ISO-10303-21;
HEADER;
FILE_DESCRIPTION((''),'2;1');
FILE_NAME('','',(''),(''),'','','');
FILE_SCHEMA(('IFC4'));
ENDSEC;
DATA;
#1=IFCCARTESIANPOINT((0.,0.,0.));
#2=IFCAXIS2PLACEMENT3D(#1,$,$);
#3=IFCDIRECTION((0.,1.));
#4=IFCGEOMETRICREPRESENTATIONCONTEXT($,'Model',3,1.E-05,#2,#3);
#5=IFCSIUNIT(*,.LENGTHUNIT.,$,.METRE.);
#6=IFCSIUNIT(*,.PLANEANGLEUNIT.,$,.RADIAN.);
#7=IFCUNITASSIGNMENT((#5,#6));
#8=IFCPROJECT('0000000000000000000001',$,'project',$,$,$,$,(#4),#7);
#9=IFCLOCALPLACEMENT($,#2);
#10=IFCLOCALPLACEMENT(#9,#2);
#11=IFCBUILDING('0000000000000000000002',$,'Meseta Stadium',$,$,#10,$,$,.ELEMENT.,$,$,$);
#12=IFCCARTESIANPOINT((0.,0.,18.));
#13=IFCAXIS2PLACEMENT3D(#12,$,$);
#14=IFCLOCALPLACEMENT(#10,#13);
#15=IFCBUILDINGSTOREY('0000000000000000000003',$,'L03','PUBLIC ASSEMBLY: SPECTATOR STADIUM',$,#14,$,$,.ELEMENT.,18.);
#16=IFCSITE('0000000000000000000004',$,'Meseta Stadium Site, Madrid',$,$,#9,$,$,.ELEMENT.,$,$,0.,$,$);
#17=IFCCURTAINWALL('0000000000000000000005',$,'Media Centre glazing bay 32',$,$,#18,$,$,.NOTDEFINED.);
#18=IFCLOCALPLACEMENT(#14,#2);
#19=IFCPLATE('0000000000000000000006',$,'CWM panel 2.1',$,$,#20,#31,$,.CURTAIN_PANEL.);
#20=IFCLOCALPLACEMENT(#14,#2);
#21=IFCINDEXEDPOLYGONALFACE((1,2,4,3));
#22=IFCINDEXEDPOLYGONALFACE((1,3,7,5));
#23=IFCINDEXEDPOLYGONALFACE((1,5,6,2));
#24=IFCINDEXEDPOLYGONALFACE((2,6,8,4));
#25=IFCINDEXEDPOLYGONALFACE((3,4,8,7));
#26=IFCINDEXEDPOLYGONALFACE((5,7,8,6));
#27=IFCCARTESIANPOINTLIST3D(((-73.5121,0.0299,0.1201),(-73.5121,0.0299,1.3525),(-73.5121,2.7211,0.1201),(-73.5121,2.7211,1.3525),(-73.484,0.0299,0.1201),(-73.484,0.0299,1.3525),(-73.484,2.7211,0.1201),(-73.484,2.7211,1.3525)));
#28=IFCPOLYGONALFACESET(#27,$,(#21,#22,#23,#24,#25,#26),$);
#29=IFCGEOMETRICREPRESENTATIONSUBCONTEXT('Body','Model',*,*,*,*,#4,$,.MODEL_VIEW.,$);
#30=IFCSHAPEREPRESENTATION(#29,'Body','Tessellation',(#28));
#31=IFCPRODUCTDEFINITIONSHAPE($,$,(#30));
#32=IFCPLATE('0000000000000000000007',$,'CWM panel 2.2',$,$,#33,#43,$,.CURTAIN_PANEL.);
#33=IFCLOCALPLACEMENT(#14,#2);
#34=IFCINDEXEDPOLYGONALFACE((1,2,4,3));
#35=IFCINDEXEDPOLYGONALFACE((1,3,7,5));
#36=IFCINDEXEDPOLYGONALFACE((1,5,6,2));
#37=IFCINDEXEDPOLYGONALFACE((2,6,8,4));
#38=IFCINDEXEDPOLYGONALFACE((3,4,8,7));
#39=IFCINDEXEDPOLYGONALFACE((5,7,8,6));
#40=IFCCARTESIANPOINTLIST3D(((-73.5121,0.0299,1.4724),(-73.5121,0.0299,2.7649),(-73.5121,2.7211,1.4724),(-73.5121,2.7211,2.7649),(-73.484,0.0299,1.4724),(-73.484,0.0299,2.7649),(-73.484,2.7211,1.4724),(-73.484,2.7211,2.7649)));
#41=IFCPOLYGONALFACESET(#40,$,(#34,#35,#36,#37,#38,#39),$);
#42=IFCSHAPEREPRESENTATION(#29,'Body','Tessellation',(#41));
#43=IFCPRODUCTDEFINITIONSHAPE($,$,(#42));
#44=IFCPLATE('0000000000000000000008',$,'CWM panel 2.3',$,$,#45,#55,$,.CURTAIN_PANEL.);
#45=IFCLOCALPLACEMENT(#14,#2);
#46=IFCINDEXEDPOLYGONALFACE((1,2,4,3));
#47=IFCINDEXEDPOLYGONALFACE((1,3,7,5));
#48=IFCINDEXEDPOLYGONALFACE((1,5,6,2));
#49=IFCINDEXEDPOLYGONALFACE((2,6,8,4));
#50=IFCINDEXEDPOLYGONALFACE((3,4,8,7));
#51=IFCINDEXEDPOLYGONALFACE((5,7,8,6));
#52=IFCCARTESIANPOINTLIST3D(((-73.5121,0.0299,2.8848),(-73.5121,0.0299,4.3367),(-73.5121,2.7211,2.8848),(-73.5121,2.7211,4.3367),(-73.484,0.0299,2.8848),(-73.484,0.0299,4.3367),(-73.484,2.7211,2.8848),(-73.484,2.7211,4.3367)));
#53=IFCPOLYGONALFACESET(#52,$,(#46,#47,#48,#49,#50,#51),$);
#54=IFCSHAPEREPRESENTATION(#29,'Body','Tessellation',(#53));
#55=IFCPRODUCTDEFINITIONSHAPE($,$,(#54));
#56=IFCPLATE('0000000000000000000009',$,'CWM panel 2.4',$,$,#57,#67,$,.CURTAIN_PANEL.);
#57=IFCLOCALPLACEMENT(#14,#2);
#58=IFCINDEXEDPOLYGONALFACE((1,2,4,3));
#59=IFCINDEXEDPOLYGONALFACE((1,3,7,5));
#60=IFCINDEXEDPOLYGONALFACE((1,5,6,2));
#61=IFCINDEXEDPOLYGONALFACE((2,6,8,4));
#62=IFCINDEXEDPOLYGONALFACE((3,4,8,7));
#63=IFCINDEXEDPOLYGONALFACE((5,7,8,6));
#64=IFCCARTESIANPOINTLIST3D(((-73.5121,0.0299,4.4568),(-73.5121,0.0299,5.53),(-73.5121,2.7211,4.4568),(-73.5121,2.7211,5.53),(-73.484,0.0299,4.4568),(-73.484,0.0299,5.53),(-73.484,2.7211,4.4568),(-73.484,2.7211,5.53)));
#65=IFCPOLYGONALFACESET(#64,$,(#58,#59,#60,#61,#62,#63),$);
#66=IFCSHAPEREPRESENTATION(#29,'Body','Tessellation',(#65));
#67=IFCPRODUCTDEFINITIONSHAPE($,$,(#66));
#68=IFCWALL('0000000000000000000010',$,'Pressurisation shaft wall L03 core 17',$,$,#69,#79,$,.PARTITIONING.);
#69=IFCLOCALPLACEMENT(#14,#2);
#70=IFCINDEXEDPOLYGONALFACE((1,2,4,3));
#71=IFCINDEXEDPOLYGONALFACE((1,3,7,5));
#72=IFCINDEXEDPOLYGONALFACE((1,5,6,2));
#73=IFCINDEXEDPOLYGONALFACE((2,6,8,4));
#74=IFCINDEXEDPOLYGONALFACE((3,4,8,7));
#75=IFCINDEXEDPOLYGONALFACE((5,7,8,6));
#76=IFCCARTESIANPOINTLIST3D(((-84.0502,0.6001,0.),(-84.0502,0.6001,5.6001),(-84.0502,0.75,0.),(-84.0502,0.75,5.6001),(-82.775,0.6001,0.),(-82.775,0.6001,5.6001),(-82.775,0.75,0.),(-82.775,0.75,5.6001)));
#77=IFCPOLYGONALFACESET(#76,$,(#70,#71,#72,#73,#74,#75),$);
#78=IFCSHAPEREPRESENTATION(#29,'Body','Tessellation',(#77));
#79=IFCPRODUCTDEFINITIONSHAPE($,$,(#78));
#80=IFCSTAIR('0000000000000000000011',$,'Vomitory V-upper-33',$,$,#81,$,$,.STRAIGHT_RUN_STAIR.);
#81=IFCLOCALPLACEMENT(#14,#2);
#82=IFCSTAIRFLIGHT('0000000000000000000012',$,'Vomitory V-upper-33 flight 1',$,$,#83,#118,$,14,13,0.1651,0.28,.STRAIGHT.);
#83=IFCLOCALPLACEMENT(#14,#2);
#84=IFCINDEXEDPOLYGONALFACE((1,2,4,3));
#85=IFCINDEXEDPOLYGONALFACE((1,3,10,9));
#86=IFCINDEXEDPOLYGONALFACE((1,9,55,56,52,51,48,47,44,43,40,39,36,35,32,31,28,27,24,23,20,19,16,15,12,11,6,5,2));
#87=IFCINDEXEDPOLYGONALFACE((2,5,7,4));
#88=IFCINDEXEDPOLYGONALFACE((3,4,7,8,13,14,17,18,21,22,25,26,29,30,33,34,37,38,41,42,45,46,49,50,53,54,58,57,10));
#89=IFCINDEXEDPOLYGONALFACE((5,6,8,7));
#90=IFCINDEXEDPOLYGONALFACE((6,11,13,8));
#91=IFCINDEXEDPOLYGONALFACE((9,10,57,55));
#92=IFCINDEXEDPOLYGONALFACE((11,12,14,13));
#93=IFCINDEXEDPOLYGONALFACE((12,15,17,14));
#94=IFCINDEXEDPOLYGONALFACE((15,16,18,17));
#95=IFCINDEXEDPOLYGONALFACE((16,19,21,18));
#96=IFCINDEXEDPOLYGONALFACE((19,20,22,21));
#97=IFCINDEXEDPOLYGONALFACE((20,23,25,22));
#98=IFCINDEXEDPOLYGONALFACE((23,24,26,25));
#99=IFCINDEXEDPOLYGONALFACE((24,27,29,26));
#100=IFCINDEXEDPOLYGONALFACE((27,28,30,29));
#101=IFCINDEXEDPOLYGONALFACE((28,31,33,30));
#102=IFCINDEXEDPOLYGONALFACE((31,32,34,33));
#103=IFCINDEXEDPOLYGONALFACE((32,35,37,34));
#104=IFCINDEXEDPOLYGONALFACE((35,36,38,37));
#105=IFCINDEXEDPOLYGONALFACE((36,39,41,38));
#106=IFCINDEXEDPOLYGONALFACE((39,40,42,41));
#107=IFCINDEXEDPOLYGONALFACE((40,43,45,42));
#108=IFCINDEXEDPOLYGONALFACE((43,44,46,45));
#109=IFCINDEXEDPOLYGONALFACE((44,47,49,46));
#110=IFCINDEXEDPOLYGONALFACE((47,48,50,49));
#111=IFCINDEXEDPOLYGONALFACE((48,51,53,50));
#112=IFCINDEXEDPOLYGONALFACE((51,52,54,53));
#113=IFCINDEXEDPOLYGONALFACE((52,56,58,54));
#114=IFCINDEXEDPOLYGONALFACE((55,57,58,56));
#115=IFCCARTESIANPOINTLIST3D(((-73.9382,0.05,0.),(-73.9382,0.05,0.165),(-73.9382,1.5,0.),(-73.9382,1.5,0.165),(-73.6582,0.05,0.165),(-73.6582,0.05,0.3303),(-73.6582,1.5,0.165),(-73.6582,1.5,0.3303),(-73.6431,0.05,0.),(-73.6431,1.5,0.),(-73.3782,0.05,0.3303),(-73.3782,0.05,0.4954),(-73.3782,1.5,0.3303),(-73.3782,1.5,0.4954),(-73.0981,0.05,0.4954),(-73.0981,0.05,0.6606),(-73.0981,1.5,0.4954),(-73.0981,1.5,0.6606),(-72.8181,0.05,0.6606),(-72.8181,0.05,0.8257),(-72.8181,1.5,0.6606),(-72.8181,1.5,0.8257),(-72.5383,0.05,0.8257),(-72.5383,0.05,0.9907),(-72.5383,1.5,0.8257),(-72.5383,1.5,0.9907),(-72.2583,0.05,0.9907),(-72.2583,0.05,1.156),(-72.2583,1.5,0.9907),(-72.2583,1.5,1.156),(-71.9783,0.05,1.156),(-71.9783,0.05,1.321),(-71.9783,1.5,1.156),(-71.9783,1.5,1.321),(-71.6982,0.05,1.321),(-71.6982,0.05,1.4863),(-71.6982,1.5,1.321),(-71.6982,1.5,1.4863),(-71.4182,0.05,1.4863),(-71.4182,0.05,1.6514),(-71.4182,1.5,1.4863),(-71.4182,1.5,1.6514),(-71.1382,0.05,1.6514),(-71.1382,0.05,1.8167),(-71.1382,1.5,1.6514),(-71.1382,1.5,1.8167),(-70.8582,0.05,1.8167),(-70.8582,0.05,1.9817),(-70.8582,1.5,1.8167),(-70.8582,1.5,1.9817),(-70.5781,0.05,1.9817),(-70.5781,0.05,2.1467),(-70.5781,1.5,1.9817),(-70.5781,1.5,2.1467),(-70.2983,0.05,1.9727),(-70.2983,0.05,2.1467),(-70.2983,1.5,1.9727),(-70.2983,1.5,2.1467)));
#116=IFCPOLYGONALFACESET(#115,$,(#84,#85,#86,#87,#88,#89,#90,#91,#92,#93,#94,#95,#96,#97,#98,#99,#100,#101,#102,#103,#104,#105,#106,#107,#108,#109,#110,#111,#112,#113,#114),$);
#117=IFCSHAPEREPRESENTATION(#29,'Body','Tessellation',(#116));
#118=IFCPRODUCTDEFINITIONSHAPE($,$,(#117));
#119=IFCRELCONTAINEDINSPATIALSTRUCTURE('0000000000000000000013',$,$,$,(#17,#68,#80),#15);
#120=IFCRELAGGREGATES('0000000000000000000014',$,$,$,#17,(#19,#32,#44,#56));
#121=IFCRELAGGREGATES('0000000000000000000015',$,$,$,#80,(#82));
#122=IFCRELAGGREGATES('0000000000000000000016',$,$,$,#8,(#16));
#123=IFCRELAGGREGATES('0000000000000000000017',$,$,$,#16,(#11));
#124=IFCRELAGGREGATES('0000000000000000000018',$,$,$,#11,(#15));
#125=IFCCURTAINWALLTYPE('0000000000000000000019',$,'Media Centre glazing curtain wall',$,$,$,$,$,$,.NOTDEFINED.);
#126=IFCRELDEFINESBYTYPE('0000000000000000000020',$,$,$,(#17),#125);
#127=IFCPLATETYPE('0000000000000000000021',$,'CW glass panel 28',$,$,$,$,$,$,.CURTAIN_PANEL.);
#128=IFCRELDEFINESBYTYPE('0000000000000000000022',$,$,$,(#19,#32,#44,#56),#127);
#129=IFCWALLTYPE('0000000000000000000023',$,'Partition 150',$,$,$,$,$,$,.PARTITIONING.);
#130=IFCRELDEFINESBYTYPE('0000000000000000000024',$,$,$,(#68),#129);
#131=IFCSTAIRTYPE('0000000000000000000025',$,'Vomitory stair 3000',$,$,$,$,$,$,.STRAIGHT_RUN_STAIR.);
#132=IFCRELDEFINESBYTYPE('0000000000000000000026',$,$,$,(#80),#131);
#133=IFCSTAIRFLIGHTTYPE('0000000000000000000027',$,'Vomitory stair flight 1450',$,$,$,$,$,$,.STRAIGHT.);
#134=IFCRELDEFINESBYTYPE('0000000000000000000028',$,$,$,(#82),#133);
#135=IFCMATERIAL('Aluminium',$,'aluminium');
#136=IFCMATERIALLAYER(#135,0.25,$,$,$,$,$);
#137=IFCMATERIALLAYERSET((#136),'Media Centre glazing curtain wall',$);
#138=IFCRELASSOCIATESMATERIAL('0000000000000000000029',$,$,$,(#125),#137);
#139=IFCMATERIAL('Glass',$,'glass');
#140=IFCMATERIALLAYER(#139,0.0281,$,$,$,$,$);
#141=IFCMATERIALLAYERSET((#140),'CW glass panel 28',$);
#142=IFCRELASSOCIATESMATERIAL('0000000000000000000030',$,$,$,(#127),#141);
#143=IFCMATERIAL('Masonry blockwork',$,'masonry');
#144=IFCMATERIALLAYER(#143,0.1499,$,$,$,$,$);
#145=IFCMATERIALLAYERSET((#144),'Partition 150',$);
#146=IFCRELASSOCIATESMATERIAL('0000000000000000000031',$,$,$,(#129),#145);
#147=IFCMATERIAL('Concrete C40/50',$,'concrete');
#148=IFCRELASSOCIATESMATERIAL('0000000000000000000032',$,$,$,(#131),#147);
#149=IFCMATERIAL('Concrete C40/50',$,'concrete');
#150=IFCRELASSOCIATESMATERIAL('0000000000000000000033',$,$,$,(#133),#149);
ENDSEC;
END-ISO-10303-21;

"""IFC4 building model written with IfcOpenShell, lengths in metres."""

from ifc_helpers import new_model, si_unit, direction, frame, frame_2d, origin, origin_2d, place, context, subcontext, project, spatial, polyline, rectangle, outline, extrude, material, layer, layer_set, type_object, element, aggregate, save


model = new_model("IFC4")

# Units and contexts
model_context = context("Model", 3, precision=1e-05, world=origin(), true_north=direction((0.0, 1.0)))
body_context = subcontext(model_context, "Body", "Model", "MODEL_VIEW")
ifc_project = project(units=[si_unit("LENGTHUNIT", "METRE"), si_unit("PLANEANGLEUNIT", "RADIAN")], contexts=[model_context])

# Site, building, storey
site_placement = place(None, origin())
site = spatial("IfcSite", under=ifc_project, at=site_placement, Name="Meseta Stadium Site, Madrid", CompositionType="ELEMENT", RefElevation=0.0)
building_placement = place(site_placement, origin())
building = spatial("IfcBuilding", under=site, at=building_placement, Name="Meseta Stadium", CompositionType="ELEMENT")
storey_placement = place(building_placement, frame((0.0, 0.0, 18.0)))
storey = spatial("IfcBuildingStorey", under=building, at=storey_placement, Name="L03", Description="PUBLIC ASSEMBLY: SPECTATOR STADIUM", CompositionType="ELEMENT", Elevation=18.0)

# Curtain wall, plates
ifc_material_1 = material(Name="Aluminium", Category="aluminium")
ifc_layer_1 = layer(ifc_material_1, 0.25)
ifc_layer_set_1 = layer_set([ifc_layer_1], Name="Media Centre glazing curtain wall")
curtain_wall_type = type_object("IfcCurtainWallType", Name="Media Centre glazing curtain wall", PredefinedType="NOTDEFINED", material=ifc_layer_set_1)
curtain_wall_placement = place(storey_placement, origin())
curtain_wall = element("IfcCurtainWall", 1, at=curtain_wall_placement, inside=storey, type_object=curtain_wall_type, Name="Media Centre glazing bay 32", PredefinedType="NOTDEFINED")
ifc_material_2 = material(Name="Glass", Category="glass")
ifc_layer_2 = layer(ifc_material_2, 0.0281)
ifc_layer_set_2 = layer_set([ifc_layer_2], Name="CW glass panel 28")
plate_type = type_object("IfcPlateType", Name="CW glass panel 28", PredefinedType="CURTAIN_PANEL", material=ifc_layer_set_2)
plate_1_placement = place(storey_placement, frame((-73.498, 1.3755, 0.1201), z_axis=(0.0, 0.0, 1.0), x_axis=(0.0, -1.0, 0.0)))
plate_1 = element("IfcPlate", 2, at=plate_1_placement, type_object=plate_type, Name="CWM panel 2.1", PredefinedType="CURTAIN_PANEL", context=body_context, shape_type="SweptSolid", body=[
    extrude(rectangle(XDim=2.6912, YDim=0.0281, at=origin_2d()), origin(), (0.0, 0.0, 1.0), 1.2324),
])
plate_2_placement = place(storey_placement, frame((-73.498, 1.3755, 1.4724), z_axis=(0.0, 0.0, 1.0), x_axis=(0.0, -1.0, 0.0)))
plate_2 = element("IfcPlate", 3, at=plate_2_placement, type_object=plate_type, Name="CWM panel 2.2", PredefinedType="CURTAIN_PANEL", context=body_context, shape_type="SweptSolid", body=[
    extrude(rectangle(XDim=2.6912, YDim=0.0281, at=origin_2d()), origin(), (0.0, 0.0, 1.0), 1.2925),
])
plate_3_placement = place(storey_placement, frame((-73.498, 1.3755, 2.8848), z_axis=(0.0, 0.0, 1.0), x_axis=(0.0, -1.0, 0.0)))
plate_3 = element("IfcPlate", 4, at=plate_3_placement, type_object=plate_type, Name="CWM panel 2.3", PredefinedType="CURTAIN_PANEL", context=body_context, shape_type="SweptSolid", body=[
    extrude(rectangle(XDim=2.6912, YDim=0.0281, at=origin_2d()), origin(), (0.0, 0.0, 1.0), 1.4519),
])
plate_4_placement = place(storey_placement, frame((-73.498, 1.3755, 4.4568), z_axis=(0.0, 0.0, 1.0), x_axis=(0.0, -1.0, 0.0)))
plate_4 = element("IfcPlate", 5, at=plate_4_placement, type_object=plate_type, Name="CWM panel 2.4", PredefinedType="CURTAIN_PANEL", context=body_context, shape_type="SweptSolid", body=[
    extrude(rectangle(XDim=2.6912, YDim=0.0281, at=origin_2d()), origin(), (0.0, 0.0, 1.0), 1.0732),
])
aggregate(curtain_wall, [plate_1, plate_2, plate_3, plate_4])

# Wall
ifc_material_3 = material(Name="Masonry blockwork", Category="masonry")
ifc_layer_3 = layer(ifc_material_3, 0.1499)
ifc_layer_set_3 = layer_set([ifc_layer_3], Name="Partition 150")
wall_type = type_object("IfcWallType", Name="Partition 150", PredefinedType="PARTITIONING", material=ifc_layer_set_3)
wall_placement = place(storey_placement, frame((-82.7749, 0.675, 0.0), z_axis=(0.0, 0.0, 1.0), x_axis=(-1.0, 0.0, 0.0)))
element("IfcWall", 6, at=wall_placement, inside=storey, type_object=wall_type, Name="Pressurisation shaft wall L03 core 17", PredefinedType="PARTITIONING", context=body_context, shape_type="SweptSolid", body=[
    extrude(rectangle(XDim=1.2751, YDim=0.1499, at=frame_2d((0.6377, 0.0))), origin(), (0.0, 0.0, 1.0), 5.6001),
])

# Stair, stair flight
ifc_material_4 = material(Name="Concrete C40/50", Category="concrete")
stair_type = type_object("IfcStairType", Name="Vomitory stair 3000", PredefinedType="STRAIGHT_RUN_STAIR", material=ifc_material_4)
stair_placement = place(storey_placement, origin())
stair = element("IfcStair", 7, at=stair_placement, inside=storey, type_object=stair_type, Name="Vomitory V-upper-33", PredefinedType="STRAIGHT_RUN_STAIR")
ifc_material_5 = material(Name="Concrete C40/50", Category="concrete")
stair_flight_type = type_object("IfcStairFlightType", Name="Vomitory stair flight 1450", PredefinedType="STRAIGHT", material=ifc_material_5)
stair_flight_placement = place(storey_placement, frame((-73.9382, 0.7749, 0.0), z_axis=(0.0, 0.0, 1.0), x_axis=(1.0, 0.0, 0.0)))
stair_flight = element("IfcStairFlight", 8, at=stair_flight_placement, type_object=stair_flight_type, Name="Vomitory V-upper-33 flight 1", NumberOfRisers=14, NumberOfTreads=13, PredefinedType="STRAIGHT", RiserHeight=0.1651, TreadLength=0.28, context=body_context, shape_type="SweptSolid", body=[
    extrude(outline(polyline([(0.0, 0.0), (0.0, 0.165), (0.28, 0.165), (0.28, 0.3303), (0.5601, 0.3303), (0.5601, 0.4954), (0.8401, 0.4954), (0.8401, 0.6606), (1.1201, 0.6606), (1.1201, 0.8257), (1.3999, 0.8257), (1.3999, 0.9907), (1.6799, 0.9907), (1.6799, 1.156), (1.96, 1.156), (1.96, 1.321), (2.24, 1.321), (2.24, 1.4863), (2.52, 1.4863), (2.52, 1.6514), (2.8, 1.6514), (2.8, 1.8167), (3.0801, 1.8167), (3.0801, 1.9817), (3.3601, 1.9817), (3.3601, 2.1467), (3.6399, 2.1467), (3.6399, 1.9727), (0.2952, 0.0), (0.0, 0.0)])), frame((0.0, 0.7251, 0.0), z_axis=(0.0, -1.0, 0.0), x_axis=(1.0, 0.0, 0.0)), (0.0, 0.0, 1.0), 1.45),
])
aggregate(stair, [stair_flight])

save(model, "model.ifc")
